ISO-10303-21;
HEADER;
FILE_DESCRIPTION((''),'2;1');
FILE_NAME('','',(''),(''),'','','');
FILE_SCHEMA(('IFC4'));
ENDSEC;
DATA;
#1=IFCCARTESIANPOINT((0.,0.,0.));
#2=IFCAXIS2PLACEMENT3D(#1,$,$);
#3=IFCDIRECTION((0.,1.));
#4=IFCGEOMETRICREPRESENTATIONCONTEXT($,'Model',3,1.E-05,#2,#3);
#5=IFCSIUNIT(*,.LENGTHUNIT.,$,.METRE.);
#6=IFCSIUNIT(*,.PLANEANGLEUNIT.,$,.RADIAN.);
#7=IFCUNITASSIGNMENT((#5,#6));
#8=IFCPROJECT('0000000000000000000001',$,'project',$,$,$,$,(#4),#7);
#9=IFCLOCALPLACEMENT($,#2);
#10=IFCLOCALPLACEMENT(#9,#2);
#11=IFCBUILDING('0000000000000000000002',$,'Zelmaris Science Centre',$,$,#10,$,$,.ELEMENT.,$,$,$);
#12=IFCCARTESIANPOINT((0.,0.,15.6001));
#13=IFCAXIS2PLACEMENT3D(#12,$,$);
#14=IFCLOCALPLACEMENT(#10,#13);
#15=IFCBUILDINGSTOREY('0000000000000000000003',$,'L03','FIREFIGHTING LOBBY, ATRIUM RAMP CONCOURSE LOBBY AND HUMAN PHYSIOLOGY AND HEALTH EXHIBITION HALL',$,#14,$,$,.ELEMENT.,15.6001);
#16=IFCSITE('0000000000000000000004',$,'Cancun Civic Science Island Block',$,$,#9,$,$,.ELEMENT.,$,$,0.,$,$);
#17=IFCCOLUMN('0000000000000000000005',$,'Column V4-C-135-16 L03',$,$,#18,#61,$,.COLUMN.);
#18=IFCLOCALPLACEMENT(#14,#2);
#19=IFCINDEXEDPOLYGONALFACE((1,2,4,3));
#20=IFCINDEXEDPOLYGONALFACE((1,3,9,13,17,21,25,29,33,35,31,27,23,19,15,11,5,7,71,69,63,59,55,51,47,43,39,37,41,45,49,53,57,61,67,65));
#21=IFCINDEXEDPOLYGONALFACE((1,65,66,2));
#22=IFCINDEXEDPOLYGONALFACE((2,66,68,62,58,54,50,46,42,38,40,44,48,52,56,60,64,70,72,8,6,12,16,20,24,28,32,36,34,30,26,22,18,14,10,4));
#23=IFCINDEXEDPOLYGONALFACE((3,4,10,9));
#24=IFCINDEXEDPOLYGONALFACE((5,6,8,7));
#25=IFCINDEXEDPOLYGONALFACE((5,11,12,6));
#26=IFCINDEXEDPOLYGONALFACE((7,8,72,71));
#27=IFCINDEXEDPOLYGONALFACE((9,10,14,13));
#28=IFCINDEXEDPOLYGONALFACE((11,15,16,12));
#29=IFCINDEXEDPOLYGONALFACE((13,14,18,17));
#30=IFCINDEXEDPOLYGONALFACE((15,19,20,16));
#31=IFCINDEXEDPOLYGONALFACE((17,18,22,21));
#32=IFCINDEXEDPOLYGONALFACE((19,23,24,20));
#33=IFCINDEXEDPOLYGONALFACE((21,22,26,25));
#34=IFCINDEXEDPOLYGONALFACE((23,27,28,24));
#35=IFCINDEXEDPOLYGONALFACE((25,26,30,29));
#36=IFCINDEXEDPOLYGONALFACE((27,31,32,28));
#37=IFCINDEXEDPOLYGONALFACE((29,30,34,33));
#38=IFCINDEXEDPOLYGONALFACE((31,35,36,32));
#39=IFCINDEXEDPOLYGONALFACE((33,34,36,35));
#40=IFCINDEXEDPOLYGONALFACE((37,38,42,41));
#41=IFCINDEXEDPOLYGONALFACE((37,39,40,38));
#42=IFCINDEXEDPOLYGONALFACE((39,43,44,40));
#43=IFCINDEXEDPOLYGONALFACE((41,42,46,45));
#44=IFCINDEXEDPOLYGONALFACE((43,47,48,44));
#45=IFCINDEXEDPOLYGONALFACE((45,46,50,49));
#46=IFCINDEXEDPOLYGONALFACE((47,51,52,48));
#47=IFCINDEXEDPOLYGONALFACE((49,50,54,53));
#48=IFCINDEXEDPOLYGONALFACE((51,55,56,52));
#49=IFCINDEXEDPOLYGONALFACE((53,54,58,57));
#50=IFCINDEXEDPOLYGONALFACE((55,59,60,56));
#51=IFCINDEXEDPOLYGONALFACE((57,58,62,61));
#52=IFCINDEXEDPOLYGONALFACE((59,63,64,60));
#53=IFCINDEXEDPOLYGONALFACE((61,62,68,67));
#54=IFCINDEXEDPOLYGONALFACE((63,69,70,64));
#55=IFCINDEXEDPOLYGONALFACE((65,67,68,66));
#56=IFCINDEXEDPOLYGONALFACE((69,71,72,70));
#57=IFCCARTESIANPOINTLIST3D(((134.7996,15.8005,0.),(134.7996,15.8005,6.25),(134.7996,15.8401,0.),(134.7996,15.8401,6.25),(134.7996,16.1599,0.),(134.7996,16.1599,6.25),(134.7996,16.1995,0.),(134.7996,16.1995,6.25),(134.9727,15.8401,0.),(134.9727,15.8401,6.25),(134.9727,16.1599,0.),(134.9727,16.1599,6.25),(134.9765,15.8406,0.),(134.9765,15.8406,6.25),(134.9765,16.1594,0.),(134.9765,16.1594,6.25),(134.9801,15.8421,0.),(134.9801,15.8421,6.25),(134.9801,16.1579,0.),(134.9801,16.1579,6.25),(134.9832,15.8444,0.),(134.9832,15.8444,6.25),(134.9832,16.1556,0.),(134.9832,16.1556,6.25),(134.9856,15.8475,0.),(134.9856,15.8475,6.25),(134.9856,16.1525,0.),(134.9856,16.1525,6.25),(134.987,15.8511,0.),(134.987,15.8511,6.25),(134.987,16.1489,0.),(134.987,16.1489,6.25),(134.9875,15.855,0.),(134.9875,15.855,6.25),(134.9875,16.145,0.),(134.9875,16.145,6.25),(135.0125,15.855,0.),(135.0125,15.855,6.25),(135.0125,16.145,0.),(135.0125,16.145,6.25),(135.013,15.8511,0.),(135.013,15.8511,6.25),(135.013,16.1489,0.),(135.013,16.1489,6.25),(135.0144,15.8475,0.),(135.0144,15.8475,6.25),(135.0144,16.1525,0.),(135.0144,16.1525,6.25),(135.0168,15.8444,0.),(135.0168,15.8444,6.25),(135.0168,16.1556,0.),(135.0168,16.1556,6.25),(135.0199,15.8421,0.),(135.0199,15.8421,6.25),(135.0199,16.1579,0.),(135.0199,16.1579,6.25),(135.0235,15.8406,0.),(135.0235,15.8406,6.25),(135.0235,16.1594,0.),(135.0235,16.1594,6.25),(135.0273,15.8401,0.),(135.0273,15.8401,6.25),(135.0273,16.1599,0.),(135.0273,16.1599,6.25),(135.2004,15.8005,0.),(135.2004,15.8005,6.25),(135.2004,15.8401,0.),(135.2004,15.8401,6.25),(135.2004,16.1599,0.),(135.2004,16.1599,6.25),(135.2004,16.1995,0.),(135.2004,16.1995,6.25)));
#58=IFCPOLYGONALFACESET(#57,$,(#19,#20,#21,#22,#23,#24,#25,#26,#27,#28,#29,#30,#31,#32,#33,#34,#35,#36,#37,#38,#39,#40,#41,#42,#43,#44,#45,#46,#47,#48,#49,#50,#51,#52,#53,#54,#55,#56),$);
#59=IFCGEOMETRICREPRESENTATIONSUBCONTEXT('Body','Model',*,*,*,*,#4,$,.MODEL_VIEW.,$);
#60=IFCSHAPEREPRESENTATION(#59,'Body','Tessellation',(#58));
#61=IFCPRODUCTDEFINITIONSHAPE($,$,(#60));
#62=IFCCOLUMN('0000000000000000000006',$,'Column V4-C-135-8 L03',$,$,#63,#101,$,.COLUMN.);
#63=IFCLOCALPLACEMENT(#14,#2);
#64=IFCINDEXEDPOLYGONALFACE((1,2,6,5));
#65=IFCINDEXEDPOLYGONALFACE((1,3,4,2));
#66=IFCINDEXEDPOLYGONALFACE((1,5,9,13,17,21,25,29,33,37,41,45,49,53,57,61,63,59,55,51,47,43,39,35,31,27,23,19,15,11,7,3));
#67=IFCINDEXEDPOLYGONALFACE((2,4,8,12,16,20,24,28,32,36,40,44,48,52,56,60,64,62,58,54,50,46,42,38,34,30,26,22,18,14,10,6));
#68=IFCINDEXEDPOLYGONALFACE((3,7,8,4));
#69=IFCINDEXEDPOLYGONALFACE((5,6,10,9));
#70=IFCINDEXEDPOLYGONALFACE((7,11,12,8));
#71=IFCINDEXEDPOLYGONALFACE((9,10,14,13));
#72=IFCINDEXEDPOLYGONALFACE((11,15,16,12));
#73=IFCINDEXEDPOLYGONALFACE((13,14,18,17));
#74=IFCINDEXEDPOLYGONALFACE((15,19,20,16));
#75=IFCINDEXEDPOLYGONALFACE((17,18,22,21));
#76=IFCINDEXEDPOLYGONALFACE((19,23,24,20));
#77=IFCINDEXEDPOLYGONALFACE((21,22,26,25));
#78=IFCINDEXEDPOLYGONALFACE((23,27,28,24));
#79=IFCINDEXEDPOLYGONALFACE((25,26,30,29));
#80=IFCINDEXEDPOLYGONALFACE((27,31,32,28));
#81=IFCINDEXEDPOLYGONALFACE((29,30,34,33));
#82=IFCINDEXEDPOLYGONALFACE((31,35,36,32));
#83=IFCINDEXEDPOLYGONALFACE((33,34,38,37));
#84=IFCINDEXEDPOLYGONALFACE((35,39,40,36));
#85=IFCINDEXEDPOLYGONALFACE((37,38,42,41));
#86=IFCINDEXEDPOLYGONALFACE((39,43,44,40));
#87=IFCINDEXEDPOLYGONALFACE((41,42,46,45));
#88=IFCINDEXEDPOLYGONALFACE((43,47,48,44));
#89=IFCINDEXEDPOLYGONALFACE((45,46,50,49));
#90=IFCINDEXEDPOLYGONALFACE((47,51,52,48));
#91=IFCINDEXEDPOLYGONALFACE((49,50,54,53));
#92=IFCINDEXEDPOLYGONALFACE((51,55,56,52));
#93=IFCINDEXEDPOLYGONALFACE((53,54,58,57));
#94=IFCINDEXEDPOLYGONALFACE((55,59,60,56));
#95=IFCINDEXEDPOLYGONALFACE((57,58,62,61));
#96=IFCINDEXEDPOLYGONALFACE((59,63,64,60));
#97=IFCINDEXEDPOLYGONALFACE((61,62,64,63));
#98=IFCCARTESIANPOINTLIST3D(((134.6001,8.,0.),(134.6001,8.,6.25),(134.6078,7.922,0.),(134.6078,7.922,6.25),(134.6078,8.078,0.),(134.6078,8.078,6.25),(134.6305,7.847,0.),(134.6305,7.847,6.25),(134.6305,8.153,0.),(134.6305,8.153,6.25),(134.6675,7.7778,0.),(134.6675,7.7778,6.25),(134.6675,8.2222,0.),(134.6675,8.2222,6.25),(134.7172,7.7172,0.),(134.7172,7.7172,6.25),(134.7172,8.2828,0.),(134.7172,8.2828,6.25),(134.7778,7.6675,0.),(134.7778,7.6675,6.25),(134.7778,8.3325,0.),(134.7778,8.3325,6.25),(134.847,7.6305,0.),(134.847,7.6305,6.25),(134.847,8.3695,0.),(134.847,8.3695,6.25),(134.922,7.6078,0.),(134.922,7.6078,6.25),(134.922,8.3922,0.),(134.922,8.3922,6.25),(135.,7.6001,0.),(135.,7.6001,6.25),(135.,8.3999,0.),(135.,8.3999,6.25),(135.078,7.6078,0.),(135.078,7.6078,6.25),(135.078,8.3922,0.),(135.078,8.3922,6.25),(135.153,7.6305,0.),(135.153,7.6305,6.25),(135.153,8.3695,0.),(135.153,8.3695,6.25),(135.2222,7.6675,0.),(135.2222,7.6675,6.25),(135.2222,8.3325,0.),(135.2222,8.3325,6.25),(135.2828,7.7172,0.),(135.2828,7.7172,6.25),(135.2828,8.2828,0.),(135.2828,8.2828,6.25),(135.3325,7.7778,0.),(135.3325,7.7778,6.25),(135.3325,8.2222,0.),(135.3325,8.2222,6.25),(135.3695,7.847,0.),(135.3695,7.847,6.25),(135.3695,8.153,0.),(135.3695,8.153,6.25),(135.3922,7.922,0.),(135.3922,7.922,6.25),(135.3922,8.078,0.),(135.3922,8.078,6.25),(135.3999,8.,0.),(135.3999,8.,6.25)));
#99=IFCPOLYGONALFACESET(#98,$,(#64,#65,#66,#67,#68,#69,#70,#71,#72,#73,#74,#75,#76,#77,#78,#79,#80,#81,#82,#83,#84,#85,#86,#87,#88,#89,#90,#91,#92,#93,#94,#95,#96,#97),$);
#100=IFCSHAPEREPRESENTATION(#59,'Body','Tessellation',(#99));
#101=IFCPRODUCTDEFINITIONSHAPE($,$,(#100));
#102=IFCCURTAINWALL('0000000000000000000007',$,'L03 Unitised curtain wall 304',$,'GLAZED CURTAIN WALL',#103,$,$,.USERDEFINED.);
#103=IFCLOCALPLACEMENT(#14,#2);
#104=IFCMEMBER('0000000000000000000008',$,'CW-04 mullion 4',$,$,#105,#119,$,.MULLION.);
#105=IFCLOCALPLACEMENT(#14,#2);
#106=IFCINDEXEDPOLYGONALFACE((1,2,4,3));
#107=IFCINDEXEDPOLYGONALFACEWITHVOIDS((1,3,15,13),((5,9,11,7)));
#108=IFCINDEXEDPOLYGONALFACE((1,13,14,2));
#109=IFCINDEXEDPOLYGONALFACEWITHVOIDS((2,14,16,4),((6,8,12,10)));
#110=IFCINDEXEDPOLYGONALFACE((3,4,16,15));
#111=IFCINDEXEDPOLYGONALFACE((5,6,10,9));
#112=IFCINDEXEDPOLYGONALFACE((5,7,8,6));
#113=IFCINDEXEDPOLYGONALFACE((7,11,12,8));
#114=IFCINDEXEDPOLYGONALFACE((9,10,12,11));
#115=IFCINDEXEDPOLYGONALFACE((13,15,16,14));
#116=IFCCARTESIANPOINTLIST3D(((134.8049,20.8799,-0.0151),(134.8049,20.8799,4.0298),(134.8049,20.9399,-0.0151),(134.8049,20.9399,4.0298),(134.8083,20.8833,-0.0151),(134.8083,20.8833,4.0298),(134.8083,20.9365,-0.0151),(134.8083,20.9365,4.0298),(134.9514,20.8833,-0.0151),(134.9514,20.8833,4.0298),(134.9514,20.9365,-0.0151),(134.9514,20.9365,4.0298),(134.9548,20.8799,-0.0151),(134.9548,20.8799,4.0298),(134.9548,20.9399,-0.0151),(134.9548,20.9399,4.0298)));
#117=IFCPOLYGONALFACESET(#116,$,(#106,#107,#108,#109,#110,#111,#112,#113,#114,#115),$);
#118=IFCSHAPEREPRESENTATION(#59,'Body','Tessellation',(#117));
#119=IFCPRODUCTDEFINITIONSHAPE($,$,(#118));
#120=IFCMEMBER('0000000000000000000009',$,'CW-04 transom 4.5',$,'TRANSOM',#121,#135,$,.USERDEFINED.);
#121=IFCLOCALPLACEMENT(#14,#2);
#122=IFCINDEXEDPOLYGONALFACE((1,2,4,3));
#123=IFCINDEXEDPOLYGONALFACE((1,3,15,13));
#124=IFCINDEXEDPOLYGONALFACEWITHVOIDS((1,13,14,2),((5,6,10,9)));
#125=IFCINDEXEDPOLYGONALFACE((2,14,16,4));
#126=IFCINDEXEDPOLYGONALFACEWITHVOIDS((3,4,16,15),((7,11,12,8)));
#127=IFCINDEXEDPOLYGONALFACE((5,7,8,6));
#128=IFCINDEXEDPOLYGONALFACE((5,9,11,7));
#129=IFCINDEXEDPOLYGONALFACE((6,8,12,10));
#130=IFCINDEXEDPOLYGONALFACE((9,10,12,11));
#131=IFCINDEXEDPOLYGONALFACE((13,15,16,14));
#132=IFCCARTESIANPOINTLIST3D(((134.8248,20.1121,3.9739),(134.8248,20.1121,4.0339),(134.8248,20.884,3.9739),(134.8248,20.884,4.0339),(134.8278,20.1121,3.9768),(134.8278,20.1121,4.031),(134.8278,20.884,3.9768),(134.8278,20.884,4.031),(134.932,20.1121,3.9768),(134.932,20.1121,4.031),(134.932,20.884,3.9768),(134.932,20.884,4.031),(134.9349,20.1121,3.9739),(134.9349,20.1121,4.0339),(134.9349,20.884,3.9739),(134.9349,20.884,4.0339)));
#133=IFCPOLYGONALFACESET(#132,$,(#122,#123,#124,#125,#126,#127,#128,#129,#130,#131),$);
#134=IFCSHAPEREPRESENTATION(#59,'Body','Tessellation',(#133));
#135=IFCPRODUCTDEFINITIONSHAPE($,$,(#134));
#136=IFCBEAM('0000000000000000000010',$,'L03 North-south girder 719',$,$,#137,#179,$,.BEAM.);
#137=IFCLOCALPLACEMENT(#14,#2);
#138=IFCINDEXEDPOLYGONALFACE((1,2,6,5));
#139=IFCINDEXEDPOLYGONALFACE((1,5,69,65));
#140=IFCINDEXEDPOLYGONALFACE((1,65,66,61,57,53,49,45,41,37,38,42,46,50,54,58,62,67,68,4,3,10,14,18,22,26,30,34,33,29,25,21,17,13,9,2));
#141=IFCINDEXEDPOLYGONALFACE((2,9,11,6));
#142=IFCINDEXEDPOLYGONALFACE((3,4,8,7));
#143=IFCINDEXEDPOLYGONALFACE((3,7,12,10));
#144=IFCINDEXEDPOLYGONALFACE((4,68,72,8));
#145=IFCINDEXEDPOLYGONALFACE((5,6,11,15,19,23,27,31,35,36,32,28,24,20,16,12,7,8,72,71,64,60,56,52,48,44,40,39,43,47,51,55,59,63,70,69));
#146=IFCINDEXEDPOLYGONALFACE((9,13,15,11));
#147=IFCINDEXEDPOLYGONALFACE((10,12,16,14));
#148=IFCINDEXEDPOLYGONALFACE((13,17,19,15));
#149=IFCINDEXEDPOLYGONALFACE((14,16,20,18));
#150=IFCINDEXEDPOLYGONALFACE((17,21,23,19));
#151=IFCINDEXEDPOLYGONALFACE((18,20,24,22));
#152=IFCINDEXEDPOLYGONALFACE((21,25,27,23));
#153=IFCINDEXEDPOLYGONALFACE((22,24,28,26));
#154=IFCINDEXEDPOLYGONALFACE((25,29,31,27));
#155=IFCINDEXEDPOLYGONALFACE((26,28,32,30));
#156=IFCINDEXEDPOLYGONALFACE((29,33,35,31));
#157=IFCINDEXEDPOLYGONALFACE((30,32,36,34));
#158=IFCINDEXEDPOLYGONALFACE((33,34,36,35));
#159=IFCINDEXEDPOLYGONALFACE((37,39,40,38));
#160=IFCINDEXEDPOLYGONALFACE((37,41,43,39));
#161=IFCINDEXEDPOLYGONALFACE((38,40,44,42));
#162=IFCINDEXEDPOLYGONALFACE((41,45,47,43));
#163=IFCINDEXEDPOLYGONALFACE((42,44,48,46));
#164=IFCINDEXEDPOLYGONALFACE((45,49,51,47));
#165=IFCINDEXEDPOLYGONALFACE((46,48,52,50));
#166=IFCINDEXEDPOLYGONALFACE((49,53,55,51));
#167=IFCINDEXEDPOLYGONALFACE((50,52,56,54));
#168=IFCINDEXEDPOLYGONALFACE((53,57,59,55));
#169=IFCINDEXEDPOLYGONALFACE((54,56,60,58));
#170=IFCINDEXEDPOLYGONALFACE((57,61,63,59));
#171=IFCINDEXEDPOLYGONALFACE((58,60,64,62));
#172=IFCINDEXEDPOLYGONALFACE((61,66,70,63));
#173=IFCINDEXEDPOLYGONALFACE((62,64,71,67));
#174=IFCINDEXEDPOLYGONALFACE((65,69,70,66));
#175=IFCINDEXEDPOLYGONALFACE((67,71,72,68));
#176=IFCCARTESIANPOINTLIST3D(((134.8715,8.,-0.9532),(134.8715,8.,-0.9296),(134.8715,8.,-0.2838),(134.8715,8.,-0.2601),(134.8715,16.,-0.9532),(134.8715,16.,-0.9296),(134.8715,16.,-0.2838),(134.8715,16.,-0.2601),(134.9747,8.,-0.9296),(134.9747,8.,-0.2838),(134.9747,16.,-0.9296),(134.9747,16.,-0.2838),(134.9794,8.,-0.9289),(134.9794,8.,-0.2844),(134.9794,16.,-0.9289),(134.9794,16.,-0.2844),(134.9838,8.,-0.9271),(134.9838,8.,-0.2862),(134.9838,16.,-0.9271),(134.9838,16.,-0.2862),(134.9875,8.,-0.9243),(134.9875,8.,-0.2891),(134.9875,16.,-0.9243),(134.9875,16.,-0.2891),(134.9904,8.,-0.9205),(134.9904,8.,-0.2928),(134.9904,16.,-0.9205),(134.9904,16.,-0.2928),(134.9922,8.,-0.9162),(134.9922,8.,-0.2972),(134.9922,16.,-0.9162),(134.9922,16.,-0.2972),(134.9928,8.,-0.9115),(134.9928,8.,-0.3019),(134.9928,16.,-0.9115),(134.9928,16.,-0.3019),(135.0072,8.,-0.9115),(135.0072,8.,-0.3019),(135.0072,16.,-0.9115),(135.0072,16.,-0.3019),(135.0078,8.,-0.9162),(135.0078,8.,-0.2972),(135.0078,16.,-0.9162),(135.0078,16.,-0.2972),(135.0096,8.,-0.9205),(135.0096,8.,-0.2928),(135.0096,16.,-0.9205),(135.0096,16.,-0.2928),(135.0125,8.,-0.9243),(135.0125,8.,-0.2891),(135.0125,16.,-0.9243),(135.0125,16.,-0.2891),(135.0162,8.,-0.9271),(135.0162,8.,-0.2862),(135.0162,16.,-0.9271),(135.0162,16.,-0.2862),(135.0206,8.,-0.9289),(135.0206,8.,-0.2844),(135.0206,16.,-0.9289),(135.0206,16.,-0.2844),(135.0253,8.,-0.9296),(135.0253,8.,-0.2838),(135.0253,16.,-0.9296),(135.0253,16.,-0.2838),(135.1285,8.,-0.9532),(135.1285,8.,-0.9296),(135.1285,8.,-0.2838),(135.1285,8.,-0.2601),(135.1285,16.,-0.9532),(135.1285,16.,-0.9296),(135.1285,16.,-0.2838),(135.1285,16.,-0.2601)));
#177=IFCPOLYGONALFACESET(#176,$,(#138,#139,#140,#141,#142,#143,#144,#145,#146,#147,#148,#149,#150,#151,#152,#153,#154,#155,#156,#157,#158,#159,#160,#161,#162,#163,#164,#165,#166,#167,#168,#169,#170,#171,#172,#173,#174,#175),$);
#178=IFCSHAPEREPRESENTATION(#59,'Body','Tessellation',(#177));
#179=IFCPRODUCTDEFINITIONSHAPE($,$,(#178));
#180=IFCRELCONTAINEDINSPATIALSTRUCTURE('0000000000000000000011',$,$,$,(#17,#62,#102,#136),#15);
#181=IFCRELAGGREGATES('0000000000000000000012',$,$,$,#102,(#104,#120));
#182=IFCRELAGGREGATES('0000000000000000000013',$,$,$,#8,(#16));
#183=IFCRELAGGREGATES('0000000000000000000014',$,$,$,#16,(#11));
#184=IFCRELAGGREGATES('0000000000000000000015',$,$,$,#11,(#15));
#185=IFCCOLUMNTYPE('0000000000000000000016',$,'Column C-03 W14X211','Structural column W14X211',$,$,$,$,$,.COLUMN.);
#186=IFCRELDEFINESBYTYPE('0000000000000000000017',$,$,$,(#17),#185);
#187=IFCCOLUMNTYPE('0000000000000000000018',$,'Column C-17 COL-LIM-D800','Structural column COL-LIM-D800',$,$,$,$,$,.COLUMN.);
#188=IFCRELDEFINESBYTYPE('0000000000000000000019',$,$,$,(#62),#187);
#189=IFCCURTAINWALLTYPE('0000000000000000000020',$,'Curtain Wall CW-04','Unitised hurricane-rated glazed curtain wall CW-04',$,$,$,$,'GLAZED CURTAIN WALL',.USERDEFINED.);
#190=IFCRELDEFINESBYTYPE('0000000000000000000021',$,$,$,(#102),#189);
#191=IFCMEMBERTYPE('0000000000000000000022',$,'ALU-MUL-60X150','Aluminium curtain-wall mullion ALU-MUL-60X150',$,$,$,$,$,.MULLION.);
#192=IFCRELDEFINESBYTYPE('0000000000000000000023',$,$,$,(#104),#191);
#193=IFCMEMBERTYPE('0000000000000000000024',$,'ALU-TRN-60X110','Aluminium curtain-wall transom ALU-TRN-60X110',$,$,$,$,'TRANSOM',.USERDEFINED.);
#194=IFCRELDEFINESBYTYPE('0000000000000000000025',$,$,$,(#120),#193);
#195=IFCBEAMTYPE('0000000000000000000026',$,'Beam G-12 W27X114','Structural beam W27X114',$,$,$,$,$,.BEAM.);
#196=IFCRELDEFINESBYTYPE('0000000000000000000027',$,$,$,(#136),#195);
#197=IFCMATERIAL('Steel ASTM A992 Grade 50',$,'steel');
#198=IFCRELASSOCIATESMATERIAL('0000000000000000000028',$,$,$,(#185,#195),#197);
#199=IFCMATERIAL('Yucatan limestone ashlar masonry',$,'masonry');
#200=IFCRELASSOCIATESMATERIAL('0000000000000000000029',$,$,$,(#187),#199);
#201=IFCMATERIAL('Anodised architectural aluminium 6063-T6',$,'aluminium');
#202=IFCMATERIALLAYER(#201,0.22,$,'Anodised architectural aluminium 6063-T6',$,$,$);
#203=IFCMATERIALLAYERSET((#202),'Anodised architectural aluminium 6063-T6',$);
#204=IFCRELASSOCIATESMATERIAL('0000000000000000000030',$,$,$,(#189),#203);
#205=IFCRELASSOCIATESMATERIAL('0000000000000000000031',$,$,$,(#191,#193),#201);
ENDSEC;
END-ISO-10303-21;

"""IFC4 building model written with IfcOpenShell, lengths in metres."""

from ifc_helpers import new_model, si_unit, direction, frame, origin, origin_2d, place, context, subcontext, project, spatial, hollow_rectangle, circle, i_section, extrude, material, layer, layer_set, material_profile, profile_set, type_object, element, aggregate, save


model = new_model("IFC4")

# Units and contexts
model_context = context("Model", 3, precision=1e-05, world=origin(), true_north=direction((0.0, 1.0)))
body_context = subcontext(model_context, "Body", "Model", "MODEL_VIEW")
ifc_project = project(units=[si_unit("LENGTHUNIT", "METRE"), si_unit("PLANEANGLEUNIT", "RADIAN")], contexts=[model_context])

# Site, building, storey
site_placement = place(None, origin())
site = spatial("IfcSite", under=ifc_project, at=site_placement, Name="Cancun Civic Science Island Block", CompositionType="ELEMENT", RefElevation=0.0)
building_placement = place(site_placement, origin())
building = spatial("IfcBuilding", under=site, at=building_placement, Name="Zelmaris Science Centre", CompositionType="ELEMENT")
storey_placement = place(building_placement, frame((0.0, 0.0, 15.6001)))
storey = spatial("IfcBuildingStorey", under=building, at=storey_placement, Name="L03", Description="FIREFIGHTING LOBBY, ATRIUM RAMP CONCOURSE LOBBY AND HUMAN PHYSIOLOGY AND HEALTH EXHIBITION HALL", CompositionType="ELEMENT", Elevation=15.6001)

# Columns
ifc_material_1 = material(Name="Steel ASTM A992 Grade 50", Category="steel")
ifc_material_profile_1 = material_profile(ifc_material_1, i_section(OverallWidth=0.4009, OverallDepth=0.3989, WebThickness=0.0249, FlangeThickness=0.0396, FilletRadius=0.0149, at=origin_2d()), Name="W14X211")
ifc_profile_set_1 = profile_set([ifc_material_profile_1], Name="Steel ASTM A992 Grade 50")
column_type_1 = type_object("IfcColumnType", Name="Column C-03 W14X211", Description="Structural column W14X211", PredefinedType="COLUMN", material=ifc_profile_set_1)
column_1_placement = place(storey_placement, frame((135.0, 16.0, 0.0), z_axis=(0.0, 0.0, 1.0), x_axis=(1.0, 0.0, 0.0)))
element("IfcColumn", 1, at=column_1_placement, inside=storey, type_object=column_type_1, Name="Column V4-C-135-16 L03", PredefinedType="COLUMN", context=body_context, shape_type="SweptSolid", body=[
    extrude(i_section(OverallWidth=0.4009, OverallDepth=0.3989, WebThickness=0.0249, FlangeThickness=0.0396, FilletRadius=0.0149, at=origin_2d()), origin(), (0.0, 0.0, 1.0), 6.25),
])
ifc_material_2 = material(Name="Yucatan limestone ashlar masonry", Category="masonry")
ifc_material_profile_2 = material_profile(ifc_material_2, circle(Radius=0.3999, at=origin_2d()), Name="COL-LIM-D800")
ifc_profile_set_2 = profile_set([ifc_material_profile_2], Name="Yucatan limestone ashlar masonry")
column_type_2 = type_object("IfcColumnType", Name="Column C-17 COL-LIM-D800", Description="Structural column COL-LIM-D800", PredefinedType="COLUMN", material=ifc_profile_set_2)
column_2_placement = place(storey_placement, frame((135.0, 8.0, 0.0), z_axis=(0.0, 0.0, 1.0), x_axis=(1.0, 0.0, 0.0)))
element("IfcColumn", 2, at=column_2_placement, inside=storey, type_object=column_type_2, Name="Column V4-C-135-8 L03", PredefinedType="COLUMN", context=body_context, shape_type="SweptSolid", body=[
    extrude(circle(Radius=0.3999, at=origin_2d()), origin(), (0.0, 0.0, 1.0), 6.25),
])

# Curtain wall, members
ifc_material_3 = material(Name="Anodised architectural aluminium 6063-T6", Category="aluminium")
ifc_layer_1 = layer(ifc_material_3, 0.22, Name="Anodised architectural aluminium 6063-T6")
ifc_layer_set_1 = layer_set([ifc_layer_1], Name="Anodised architectural aluminium 6063-T6")
curtain_wall_type = type_object("IfcCurtainWallType", Name="Curtain Wall CW-04", Description="Unitised hurricane-rated glazed curtain wall CW-04", ElementType="GLAZED CURTAIN WALL", PredefinedType="USERDEFINED", material=ifc_layer_set_1)
curtain_wall_placement = place(storey_placement, origin())
curtain_wall = element("IfcCurtainWall", 3, at=curtain_wall_placement, inside=storey, type_object=curtain_wall_type, Name="L03 Unitised curtain wall 304", ObjectType="GLAZED CURTAIN WALL", PredefinedType="USERDEFINED")
ifc_material_profile_3 = material_profile(ifc_material_3, hollow_rectangle(XDim=0.0601, YDim=0.1499, WallThickness=0.0034, at=origin_2d()), Name="ALU-MUL-60X150")
ifc_profile_set_3 = profile_set([ifc_material_profile_3], Name="Anodised architectural aluminium 6063-T6")
member_type_1 = type_object("IfcMemberType", Name="ALU-MUL-60X150", Description="Aluminium curtain-wall mullion ALU-MUL-60X150", PredefinedType="MULLION", material=ifc_profile_set_3)
member_1_placement = place(storey_placement, frame((134.8799, 20.9099, -0.0151), z_axis=(0.0, 0.0, 1.0), x_axis=(0.0, -1.0, 0.0)))
member_1 = element("IfcMember", 4, at=member_1_placement, type_object=member_type_1, Name="CW-04 mullion 4", PredefinedType="MULLION", context=body_context, shape_type="SweptSolid", body=[
    extrude(hollow_rectangle(XDim=0.0601, YDim=0.1499, WallThickness=0.0034, at=origin_2d()), origin(), (0.0, 0.0, 1.0), 4.0449),
])
ifc_material_profile_4 = material_profile(ifc_material_3, hollow_rectangle(XDim=0.0601, YDim=0.1101, WallThickness=0.0029, at=origin_2d()), Name="ALU-TRN-60X110")
ifc_profile_set_4 = profile_set([ifc_material_profile_4], Name="Anodised architectural aluminium 6063-T6")
member_type_2 = type_object("IfcMemberType", Name="ALU-TRN-60X110", Description="Aluminium curtain-wall transom ALU-TRN-60X110", ElementType="TRANSOM", PredefinedType="USERDEFINED", material=ifc_profile_set_4)
member_2_placement = place(storey_placement, frame((134.8799, 20.884, 4.0039), z_axis=(0.0, -1.0, 0.0), x_axis=(0.0, 0.0, 1.0)))
member_2 = element("IfcMember", 5, at=member_2_placement, type_object=member_type_2, Name="CW-04 transom 4.5", ObjectType="TRANSOM", PredefinedType="USERDEFINED", context=body_context, shape_type="SweptSolid", body=[
    extrude(hollow_rectangle(XDim=0.0601, YDim=0.1101, WallThickness=0.0029, at=origin_2d()), origin(), (0.0, 0.0, 1.0), 0.772),
])

# Beam
ifc_material_profile_5 = material_profile(ifc_material_1, i_section(OverallWidth=0.2571, OverallDepth=0.6931, WebThickness=0.0144, FlangeThickness=0.0237, FilletRadius=0.0181, at=origin_2d()), Name="W27X114")
ifc_profile_set_5 = profile_set([ifc_material_profile_5], Name="Steel ASTM A992 Grade 50")
beam_type_1 = type_object("IfcBeamType", Name="Beam G-12 W27X114", Description="Structural beam W27X114", PredefinedType="BEAM", material=ifc_profile_set_5)
beam_1_placement = place(storey_placement, frame((135.0, 8.0, -0.6067), z_axis=(0.0, 1.0, 0.0), x_axis=(-1.0, 0.0, 0.0)))
element("IfcBeam", 6, at=beam_1_placement, inside=storey, type_object=beam_type_1, Name="L03 North-south girder 719", PredefinedType="BEAM", context=body_context, shape_type="SweptSolid", body=[
    extrude(i_section(OverallWidth=0.2571, OverallDepth=0.6931, WebThickness=0.0144, FlangeThickness=0.0237, FilletRadius=0.0181, at=origin_2d()), origin(), (0.0, 0.0, 1.0), 8.0),
])

aggregate(curtain_wall, [member_1, member_2])

save(model, "model.ifc")
